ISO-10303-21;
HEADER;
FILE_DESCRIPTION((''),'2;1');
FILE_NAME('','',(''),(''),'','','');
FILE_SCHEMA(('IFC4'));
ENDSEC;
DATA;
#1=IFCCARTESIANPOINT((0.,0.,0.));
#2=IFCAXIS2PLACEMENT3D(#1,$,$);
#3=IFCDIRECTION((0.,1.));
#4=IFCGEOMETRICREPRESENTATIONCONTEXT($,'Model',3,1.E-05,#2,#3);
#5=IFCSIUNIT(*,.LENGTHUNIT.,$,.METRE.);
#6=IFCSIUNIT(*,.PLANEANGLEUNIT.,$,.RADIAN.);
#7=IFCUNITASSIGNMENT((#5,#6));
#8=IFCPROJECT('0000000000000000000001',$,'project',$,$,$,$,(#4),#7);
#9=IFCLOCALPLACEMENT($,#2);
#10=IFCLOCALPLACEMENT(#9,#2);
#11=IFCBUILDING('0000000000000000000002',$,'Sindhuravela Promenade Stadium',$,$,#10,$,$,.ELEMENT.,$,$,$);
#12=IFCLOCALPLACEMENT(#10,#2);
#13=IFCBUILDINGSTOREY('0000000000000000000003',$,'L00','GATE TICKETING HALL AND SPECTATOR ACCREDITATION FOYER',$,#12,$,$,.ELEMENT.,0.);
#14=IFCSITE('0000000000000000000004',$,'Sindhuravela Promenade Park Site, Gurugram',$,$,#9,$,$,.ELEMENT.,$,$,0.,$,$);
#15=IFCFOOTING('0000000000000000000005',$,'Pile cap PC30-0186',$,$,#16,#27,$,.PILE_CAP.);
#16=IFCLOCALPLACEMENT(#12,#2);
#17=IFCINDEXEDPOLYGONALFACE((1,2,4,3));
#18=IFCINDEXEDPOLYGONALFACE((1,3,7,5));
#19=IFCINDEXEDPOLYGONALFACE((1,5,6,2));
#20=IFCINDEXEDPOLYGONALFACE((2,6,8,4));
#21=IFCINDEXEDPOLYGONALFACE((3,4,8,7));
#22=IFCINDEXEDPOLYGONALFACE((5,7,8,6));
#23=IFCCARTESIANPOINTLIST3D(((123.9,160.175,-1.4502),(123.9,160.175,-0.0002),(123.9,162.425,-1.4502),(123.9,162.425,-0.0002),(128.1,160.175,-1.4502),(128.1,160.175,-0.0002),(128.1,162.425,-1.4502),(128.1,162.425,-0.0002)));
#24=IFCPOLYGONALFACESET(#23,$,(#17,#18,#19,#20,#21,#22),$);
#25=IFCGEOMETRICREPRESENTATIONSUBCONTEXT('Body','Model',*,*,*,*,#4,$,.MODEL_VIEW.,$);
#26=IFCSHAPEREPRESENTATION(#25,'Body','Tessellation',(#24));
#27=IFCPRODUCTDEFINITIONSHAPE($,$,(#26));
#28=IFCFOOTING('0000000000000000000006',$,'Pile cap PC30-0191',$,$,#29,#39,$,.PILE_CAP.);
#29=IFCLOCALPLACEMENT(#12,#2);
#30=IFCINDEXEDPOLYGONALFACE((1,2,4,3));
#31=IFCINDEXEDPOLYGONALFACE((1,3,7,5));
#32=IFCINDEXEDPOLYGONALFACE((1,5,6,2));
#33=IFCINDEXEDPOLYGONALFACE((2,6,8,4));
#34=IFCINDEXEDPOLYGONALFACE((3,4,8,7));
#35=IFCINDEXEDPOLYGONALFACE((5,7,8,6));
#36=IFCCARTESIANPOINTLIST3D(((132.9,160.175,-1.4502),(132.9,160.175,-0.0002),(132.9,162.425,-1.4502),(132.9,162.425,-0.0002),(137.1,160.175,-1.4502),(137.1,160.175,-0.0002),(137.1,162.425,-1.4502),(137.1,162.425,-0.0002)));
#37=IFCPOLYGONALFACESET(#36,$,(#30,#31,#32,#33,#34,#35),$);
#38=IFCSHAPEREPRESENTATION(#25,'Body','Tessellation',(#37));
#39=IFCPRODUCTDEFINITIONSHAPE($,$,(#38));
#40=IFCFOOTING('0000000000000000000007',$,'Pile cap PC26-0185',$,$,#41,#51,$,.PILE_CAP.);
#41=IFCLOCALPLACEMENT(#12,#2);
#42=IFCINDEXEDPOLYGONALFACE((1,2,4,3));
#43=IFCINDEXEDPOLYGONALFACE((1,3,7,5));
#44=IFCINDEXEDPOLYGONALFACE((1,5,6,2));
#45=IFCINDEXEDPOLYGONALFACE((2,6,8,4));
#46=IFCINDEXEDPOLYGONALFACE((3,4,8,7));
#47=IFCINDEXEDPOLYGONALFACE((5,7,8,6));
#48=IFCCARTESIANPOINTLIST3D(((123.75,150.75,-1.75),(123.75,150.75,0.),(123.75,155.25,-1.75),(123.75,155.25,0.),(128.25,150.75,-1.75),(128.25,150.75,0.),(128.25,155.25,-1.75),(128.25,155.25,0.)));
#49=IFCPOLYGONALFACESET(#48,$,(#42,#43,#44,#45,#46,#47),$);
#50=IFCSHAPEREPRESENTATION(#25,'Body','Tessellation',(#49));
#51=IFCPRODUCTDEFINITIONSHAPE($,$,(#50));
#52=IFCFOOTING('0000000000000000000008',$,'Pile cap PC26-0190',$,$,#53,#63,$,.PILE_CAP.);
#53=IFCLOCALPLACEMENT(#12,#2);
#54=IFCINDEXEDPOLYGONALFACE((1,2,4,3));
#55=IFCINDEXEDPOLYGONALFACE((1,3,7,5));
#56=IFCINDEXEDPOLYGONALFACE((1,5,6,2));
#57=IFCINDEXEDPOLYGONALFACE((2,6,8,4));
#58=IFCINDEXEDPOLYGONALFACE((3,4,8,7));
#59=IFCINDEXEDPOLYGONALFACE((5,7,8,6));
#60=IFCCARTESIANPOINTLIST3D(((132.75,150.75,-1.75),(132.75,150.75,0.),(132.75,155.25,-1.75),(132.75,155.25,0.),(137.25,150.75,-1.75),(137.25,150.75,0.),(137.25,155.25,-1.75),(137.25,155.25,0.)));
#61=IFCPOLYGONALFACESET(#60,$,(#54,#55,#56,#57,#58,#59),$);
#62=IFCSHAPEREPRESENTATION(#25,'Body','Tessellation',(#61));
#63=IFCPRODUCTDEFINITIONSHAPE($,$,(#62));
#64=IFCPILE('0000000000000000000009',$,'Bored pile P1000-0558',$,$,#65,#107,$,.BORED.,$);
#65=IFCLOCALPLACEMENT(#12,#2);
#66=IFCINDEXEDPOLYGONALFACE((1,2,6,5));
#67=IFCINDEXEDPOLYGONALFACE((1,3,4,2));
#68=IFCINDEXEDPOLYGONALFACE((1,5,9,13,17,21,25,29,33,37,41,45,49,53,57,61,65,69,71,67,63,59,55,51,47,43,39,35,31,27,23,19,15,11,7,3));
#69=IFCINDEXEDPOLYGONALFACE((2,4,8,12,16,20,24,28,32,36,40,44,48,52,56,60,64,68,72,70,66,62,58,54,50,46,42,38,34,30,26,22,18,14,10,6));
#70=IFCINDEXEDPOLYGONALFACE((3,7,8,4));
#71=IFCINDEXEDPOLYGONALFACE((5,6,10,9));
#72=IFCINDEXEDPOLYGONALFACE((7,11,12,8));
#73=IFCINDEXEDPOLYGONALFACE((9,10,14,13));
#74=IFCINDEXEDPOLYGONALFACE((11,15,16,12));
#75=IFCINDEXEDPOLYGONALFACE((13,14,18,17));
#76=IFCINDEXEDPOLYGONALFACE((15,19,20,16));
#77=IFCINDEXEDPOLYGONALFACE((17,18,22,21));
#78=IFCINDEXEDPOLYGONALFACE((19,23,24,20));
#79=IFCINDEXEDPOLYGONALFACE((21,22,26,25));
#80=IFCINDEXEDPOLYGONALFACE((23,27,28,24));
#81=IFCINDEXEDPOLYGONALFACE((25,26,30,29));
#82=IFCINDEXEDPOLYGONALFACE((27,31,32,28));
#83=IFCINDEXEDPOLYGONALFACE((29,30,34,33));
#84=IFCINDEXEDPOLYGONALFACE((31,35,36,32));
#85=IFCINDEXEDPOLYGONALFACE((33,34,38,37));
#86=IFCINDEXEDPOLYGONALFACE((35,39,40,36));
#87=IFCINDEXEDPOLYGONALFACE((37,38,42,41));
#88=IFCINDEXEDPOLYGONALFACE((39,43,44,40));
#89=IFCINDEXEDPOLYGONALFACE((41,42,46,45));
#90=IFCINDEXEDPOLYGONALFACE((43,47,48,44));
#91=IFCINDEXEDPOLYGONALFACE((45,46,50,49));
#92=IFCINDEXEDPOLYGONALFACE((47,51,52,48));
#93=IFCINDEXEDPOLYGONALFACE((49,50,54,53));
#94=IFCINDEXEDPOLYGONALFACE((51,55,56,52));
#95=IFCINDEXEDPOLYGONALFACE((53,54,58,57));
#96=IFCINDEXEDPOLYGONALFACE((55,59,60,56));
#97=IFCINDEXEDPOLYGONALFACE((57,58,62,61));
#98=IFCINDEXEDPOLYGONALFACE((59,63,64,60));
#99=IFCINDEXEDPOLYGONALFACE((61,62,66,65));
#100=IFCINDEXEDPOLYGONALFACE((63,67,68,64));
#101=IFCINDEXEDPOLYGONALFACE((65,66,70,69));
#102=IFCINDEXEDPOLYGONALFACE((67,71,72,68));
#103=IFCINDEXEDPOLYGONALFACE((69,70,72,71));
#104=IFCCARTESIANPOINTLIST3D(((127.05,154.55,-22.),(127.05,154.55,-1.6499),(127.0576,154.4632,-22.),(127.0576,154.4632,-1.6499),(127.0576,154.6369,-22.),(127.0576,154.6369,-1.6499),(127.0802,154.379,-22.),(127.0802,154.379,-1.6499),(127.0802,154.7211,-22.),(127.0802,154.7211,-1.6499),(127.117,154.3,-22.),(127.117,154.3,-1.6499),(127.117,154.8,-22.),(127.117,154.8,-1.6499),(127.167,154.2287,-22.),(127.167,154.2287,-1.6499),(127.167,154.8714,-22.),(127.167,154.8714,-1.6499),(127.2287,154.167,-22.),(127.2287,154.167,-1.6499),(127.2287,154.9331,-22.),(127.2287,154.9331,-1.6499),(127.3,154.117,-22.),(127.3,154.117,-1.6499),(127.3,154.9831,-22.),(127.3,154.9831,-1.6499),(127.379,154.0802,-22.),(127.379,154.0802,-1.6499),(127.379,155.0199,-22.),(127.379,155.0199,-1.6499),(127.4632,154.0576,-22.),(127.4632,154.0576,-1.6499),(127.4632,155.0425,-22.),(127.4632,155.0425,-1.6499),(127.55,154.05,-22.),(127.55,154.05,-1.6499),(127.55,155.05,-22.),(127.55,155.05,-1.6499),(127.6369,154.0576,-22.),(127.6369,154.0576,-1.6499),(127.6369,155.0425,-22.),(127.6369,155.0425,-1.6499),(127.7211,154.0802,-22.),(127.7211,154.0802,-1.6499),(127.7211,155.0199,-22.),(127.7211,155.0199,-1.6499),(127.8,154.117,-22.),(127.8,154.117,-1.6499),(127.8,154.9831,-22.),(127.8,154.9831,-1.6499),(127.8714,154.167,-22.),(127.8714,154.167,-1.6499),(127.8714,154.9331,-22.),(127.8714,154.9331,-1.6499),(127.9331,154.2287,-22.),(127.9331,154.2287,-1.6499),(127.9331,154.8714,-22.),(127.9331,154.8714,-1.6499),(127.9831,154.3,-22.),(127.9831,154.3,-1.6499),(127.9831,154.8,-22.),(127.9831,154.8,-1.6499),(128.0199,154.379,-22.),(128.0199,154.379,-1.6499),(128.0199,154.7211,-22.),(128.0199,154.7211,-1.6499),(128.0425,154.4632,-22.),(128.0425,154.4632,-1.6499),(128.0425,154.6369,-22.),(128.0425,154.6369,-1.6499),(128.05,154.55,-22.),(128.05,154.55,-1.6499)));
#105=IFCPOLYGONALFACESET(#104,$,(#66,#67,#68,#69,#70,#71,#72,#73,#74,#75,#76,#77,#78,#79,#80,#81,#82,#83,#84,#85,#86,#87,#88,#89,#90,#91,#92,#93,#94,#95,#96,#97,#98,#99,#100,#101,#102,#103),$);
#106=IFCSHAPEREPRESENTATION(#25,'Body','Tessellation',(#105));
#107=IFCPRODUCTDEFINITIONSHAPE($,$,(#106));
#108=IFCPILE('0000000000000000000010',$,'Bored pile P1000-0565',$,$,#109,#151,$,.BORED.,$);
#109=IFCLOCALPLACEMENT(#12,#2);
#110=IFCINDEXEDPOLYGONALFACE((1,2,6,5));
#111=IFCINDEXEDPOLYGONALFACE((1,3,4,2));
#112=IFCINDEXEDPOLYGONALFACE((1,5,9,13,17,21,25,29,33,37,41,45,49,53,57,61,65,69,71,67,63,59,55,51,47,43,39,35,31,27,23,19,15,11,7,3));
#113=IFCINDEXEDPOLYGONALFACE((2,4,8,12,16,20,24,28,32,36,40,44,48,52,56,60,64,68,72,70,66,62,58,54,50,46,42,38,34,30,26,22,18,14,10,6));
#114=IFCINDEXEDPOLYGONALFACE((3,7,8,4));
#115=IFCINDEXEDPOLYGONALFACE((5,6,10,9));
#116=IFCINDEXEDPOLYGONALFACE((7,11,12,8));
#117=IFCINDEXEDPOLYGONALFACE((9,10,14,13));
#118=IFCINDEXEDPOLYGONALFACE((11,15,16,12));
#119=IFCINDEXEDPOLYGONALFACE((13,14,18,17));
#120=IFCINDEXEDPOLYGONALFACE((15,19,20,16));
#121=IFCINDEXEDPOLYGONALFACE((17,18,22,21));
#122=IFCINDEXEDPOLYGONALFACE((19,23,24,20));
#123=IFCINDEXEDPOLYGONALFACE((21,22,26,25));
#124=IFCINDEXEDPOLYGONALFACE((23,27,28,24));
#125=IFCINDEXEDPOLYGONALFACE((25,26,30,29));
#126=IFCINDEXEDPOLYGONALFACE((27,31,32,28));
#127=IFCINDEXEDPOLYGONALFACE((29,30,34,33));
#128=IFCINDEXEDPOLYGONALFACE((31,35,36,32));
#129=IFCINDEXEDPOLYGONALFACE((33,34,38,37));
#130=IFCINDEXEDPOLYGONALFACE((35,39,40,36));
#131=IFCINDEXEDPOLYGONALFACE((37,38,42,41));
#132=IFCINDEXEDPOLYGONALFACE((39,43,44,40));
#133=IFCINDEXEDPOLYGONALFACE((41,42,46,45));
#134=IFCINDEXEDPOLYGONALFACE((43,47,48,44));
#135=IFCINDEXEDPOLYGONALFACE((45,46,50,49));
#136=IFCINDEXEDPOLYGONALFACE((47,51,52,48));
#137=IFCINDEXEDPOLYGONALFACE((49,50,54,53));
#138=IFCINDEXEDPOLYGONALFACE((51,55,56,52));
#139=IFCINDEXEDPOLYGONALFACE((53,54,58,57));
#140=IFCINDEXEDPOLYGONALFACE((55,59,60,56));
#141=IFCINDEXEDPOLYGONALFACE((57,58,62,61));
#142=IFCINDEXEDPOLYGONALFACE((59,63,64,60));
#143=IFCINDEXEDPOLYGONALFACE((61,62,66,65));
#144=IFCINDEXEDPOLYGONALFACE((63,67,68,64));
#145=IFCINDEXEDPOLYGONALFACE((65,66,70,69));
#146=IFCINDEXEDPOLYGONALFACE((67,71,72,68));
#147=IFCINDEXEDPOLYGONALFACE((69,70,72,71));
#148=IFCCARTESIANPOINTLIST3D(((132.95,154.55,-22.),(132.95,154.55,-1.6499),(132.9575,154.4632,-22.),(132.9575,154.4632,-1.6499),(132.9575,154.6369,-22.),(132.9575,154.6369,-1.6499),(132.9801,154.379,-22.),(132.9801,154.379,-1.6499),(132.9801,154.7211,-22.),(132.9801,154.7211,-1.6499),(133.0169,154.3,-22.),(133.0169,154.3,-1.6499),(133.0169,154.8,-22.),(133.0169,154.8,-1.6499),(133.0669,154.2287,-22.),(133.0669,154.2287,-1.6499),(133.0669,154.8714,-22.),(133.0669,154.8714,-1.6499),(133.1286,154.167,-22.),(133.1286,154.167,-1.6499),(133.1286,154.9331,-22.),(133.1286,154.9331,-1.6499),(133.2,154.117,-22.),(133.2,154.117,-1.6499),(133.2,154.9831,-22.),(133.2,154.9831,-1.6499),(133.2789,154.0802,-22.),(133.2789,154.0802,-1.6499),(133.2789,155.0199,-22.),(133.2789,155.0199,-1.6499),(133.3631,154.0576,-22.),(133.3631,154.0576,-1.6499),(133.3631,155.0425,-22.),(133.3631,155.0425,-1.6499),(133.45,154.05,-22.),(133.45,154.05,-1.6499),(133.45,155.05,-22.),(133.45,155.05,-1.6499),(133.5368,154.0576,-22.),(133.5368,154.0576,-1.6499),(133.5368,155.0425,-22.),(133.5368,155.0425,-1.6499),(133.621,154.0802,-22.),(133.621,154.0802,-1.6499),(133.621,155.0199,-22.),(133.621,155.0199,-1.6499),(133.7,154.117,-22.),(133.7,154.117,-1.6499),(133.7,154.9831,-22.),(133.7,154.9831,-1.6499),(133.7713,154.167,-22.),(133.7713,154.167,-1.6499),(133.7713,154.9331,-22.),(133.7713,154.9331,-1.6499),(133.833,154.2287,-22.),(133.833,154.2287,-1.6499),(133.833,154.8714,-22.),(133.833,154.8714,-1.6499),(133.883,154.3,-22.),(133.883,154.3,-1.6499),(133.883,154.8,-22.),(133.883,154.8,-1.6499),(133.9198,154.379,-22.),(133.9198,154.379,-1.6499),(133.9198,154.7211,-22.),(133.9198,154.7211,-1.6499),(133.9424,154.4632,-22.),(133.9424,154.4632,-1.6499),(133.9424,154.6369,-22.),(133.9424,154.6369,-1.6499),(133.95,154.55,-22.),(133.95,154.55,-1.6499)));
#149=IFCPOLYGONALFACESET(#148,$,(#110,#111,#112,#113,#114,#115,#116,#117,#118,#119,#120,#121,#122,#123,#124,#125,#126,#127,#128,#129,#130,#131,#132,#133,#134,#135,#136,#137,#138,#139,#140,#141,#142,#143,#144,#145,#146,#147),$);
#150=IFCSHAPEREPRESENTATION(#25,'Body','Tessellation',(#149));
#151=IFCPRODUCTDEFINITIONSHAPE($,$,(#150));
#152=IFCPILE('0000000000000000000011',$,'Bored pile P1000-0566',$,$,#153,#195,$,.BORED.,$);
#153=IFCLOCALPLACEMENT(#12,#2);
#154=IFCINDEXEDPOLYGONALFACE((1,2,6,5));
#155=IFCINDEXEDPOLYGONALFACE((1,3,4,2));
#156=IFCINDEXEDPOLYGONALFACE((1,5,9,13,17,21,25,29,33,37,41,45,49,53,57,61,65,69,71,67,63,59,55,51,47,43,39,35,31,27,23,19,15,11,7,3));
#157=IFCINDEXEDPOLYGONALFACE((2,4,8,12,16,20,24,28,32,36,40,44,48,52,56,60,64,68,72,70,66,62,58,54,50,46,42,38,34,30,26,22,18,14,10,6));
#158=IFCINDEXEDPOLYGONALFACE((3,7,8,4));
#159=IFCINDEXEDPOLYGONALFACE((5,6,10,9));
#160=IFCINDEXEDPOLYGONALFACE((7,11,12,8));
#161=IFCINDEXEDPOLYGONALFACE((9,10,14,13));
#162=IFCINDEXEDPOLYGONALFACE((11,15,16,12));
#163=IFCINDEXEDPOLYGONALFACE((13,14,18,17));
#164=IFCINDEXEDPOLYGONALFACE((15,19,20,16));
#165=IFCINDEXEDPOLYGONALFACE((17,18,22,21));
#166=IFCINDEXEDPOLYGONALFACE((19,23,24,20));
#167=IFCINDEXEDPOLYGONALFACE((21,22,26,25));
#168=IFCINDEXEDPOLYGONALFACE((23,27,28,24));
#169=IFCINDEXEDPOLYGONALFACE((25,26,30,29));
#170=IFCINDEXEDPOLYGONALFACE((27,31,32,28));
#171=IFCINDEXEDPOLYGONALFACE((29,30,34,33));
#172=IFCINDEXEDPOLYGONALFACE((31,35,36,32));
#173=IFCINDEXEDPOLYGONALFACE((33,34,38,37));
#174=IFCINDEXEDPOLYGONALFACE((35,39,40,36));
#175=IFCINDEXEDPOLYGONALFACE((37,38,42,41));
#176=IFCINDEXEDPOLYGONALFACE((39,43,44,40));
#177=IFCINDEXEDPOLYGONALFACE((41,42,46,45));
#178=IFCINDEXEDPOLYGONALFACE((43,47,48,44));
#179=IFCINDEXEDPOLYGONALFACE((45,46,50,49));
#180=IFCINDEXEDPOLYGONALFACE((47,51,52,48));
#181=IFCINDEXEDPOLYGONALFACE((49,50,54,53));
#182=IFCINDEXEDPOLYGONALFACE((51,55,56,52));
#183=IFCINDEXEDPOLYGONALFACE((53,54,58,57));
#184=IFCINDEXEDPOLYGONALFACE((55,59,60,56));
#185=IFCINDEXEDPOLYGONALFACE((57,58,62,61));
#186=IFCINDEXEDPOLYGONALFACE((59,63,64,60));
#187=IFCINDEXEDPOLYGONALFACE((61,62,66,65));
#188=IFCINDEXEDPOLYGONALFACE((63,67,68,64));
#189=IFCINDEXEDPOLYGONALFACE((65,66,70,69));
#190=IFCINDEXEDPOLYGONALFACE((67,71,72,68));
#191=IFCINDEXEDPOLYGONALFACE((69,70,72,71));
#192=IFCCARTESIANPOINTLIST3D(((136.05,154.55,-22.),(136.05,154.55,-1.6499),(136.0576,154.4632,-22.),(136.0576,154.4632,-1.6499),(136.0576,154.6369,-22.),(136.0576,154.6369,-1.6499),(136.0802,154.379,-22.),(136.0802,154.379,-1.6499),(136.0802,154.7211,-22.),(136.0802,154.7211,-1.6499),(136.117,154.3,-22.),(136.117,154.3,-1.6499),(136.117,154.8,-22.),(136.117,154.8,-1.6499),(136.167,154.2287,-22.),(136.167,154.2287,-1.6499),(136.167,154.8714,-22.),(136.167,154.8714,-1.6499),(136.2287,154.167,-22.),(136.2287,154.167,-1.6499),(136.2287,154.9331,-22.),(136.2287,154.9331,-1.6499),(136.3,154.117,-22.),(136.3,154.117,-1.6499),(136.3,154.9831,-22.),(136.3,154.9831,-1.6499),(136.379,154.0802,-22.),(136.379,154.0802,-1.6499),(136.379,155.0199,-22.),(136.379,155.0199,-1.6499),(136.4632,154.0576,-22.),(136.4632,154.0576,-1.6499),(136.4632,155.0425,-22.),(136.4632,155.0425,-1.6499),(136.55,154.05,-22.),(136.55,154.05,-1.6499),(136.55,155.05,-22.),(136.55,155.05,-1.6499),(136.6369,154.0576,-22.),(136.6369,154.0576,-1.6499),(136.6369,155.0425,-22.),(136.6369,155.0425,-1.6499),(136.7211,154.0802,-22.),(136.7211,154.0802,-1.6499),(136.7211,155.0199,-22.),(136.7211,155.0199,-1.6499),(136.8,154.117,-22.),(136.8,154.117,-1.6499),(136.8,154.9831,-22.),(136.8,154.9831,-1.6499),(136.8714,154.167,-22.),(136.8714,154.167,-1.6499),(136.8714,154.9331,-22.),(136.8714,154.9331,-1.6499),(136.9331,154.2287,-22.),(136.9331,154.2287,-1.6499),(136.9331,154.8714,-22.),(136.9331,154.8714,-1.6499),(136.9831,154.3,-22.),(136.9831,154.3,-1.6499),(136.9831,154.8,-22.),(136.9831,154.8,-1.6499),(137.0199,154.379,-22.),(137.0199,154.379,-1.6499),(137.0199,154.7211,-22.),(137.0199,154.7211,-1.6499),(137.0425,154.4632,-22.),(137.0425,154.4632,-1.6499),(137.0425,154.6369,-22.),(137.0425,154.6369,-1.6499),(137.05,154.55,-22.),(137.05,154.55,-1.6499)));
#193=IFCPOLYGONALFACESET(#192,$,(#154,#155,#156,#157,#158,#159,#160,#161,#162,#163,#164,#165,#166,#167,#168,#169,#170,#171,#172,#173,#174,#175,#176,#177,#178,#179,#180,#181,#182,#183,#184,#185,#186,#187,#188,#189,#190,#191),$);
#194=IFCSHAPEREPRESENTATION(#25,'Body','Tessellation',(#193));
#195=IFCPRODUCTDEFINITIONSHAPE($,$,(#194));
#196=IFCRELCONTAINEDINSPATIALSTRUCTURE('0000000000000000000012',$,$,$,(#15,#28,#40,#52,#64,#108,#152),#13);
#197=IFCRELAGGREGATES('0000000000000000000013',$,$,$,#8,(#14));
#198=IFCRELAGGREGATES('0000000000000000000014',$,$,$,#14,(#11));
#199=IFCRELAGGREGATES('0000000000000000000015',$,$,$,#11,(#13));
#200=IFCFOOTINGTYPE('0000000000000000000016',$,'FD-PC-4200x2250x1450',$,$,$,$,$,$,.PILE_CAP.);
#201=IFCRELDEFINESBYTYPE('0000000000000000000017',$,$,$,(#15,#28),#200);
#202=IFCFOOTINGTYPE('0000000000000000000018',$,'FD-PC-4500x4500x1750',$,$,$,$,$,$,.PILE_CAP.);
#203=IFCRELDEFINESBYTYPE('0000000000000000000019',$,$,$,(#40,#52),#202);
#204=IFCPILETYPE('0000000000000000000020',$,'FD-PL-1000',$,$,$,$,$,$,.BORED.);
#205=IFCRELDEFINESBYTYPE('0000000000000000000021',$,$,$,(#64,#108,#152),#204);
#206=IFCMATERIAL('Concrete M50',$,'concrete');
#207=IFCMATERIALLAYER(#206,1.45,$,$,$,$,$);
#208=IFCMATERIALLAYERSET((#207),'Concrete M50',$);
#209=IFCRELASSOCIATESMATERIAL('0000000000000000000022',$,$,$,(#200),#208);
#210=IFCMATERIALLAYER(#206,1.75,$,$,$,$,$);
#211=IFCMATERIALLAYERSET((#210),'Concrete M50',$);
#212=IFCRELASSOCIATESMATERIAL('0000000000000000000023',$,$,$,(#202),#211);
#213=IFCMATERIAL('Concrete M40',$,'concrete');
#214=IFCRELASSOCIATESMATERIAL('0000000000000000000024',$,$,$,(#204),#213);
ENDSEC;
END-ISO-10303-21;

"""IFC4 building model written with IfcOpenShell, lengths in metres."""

from ifc_helpers import new_model, si_unit, direction, frame, origin, origin_2d, place, context, subcontext, project, spatial, rectangle, circle, extrude, material, layer, layer_set, material_profile, profile_set, type_object, element, save


model = new_model("IFC4")

# Units and contexts
model_context = context("Model", 3, precision=1e-05, world=origin(), true_north=direction((0.0, 1.0)))
body_context = subcontext(model_context, "Body", "Model", "MODEL_VIEW")
ifc_project = project(units=[si_unit("LENGTHUNIT", "METRE"), si_unit("PLANEANGLEUNIT", "RADIAN")], contexts=[model_context])

# Site, building, storey
site_placement = place(None, origin())
site = spatial("IfcSite", under=ifc_project, at=site_placement, Name="Sindhuravela Promenade Park Site, Gurugram", CompositionType="ELEMENT", RefElevation=0.0)
building_placement = place(site_placement, origin())
building = spatial("IfcBuilding", under=site, at=building_placement, Name="Sindhuravela Promenade Stadium", CompositionType="ELEMENT")
storey_placement = place(building_placement, origin())
storey = spatial("IfcBuildingStorey", under=building, at=storey_placement, Name="L00", Description="GATE TICKETING HALL AND SPECTATOR ACCREDITATION FOYER", CompositionType="ELEMENT", Elevation=0.0)

# Footings
ifc_material_1 = material(Name="Concrete M50", Category="concrete")
ifc_layer_1 = layer(ifc_material_1, 1.45)
ifc_layer_set_1 = layer_set([ifc_layer_1], Name="Concrete M50")
footing_type_1 = type_object("IfcFootingType", Name="FD-PC-4200x2250x1450", PredefinedType="PILE_CAP", material=ifc_layer_set_1)
for number, where, z_axis, x_axis, name in (
    (1, (126.0, 161.3, -1.4502), (0.0, 0.0, 1.0), (1.0, 0.0, 0.0), "Pile cap PC30-0186"),
    (2, (135.0, 161.3, -1.4502), (0.0, 0.0, 1.0), (1.0, 0.0, 0.0), "Pile cap PC30-0191"),
):
    element("IfcFooting", number, at=place(storey_placement, frame(where, z_axis=z_axis, x_axis=x_axis)), inside=storey, type_object=footing_type_1, Name=name, PredefinedType="PILE_CAP", context=body_context, shape_type="SweptSolid", body=[
        extrude(rectangle(XDim=4.2, YDim=2.25, at=origin_2d()), origin(), (0.0, 0.0, 1.0), 1.45),
    ])
ifc_layer_2 = layer(ifc_material_1, 1.75)
ifc_layer_set_2 = layer_set([ifc_layer_2], Name="Concrete M50")
footing_type_2 = type_object("IfcFootingType", Name="FD-PC-4500x4500x1750", PredefinedType="PILE_CAP", material=ifc_layer_set_2)
for number, where, z_axis, x_axis, name in (
    (3, (126.0, 153.0, -1.75), (0.0, 0.0, 1.0), (1.0, 0.0, 0.0), "Pile cap PC26-0185"),
    (4, (135.0, 153.0, -1.75), (0.0, 0.0, 1.0), (1.0, 0.0, 0.0), "Pile cap PC26-0190"),
):
    element("IfcFooting", number, at=place(storey_placement, frame(where, z_axis=z_axis, x_axis=x_axis)), inside=storey, type_object=footing_type_2, Name=name, PredefinedType="PILE_CAP", context=body_context, shape_type="SweptSolid", body=[
        extrude(rectangle(XDim=4.5, YDim=4.5, at=origin_2d()), origin(), (0.0, 0.0, 1.0), 1.75),
    ])

# Piles
ifc_material_2 = material(Name="Concrete M40", Category="concrete")
ifc_material_profile_1 = material_profile(ifc_material_2, circle(Radius=0.5, at=origin_2d()), Name="BORED PILE D1000")
ifc_profile_set_1 = profile_set([ifc_material_profile_1], Name="Concrete M40")
pile_type_1 = type_object("IfcPileType", Name="FD-PL-1000", PredefinedType="BORED", material=ifc_profile_set_1)
for number, where, z_axis, x_axis, name in (
    (5, (127.55, 154.55, -1.6499), (0.0, 0.0, -1.0), (1.0, 0.0, 0.0), "Bored pile P1000-0558"),
    (6, (133.45, 154.55, -1.6499), (0.0, 0.0, -1.0), (1.0, 0.0, 0.0), "Bored pile P1000-0565"),
    (7, (136.55, 154.55, -1.6499), (0.0, 0.0, -1.0), (1.0, 0.0, 0.0), "Bored pile P1000-0566"),
):
    element("IfcPile", number, at=place(storey_placement, frame(where, z_axis=z_axis, x_axis=x_axis)), inside=storey, type_object=pile_type_1, Name=name, PredefinedType="BORED", context=body_context, shape_type="SweptSolid", body=[
        extrude(circle(Radius=0.5, at=origin_2d()), origin(), (0.0, 0.0, 1.0), 20.3501),
    ])

save(model, "model.ifc")
